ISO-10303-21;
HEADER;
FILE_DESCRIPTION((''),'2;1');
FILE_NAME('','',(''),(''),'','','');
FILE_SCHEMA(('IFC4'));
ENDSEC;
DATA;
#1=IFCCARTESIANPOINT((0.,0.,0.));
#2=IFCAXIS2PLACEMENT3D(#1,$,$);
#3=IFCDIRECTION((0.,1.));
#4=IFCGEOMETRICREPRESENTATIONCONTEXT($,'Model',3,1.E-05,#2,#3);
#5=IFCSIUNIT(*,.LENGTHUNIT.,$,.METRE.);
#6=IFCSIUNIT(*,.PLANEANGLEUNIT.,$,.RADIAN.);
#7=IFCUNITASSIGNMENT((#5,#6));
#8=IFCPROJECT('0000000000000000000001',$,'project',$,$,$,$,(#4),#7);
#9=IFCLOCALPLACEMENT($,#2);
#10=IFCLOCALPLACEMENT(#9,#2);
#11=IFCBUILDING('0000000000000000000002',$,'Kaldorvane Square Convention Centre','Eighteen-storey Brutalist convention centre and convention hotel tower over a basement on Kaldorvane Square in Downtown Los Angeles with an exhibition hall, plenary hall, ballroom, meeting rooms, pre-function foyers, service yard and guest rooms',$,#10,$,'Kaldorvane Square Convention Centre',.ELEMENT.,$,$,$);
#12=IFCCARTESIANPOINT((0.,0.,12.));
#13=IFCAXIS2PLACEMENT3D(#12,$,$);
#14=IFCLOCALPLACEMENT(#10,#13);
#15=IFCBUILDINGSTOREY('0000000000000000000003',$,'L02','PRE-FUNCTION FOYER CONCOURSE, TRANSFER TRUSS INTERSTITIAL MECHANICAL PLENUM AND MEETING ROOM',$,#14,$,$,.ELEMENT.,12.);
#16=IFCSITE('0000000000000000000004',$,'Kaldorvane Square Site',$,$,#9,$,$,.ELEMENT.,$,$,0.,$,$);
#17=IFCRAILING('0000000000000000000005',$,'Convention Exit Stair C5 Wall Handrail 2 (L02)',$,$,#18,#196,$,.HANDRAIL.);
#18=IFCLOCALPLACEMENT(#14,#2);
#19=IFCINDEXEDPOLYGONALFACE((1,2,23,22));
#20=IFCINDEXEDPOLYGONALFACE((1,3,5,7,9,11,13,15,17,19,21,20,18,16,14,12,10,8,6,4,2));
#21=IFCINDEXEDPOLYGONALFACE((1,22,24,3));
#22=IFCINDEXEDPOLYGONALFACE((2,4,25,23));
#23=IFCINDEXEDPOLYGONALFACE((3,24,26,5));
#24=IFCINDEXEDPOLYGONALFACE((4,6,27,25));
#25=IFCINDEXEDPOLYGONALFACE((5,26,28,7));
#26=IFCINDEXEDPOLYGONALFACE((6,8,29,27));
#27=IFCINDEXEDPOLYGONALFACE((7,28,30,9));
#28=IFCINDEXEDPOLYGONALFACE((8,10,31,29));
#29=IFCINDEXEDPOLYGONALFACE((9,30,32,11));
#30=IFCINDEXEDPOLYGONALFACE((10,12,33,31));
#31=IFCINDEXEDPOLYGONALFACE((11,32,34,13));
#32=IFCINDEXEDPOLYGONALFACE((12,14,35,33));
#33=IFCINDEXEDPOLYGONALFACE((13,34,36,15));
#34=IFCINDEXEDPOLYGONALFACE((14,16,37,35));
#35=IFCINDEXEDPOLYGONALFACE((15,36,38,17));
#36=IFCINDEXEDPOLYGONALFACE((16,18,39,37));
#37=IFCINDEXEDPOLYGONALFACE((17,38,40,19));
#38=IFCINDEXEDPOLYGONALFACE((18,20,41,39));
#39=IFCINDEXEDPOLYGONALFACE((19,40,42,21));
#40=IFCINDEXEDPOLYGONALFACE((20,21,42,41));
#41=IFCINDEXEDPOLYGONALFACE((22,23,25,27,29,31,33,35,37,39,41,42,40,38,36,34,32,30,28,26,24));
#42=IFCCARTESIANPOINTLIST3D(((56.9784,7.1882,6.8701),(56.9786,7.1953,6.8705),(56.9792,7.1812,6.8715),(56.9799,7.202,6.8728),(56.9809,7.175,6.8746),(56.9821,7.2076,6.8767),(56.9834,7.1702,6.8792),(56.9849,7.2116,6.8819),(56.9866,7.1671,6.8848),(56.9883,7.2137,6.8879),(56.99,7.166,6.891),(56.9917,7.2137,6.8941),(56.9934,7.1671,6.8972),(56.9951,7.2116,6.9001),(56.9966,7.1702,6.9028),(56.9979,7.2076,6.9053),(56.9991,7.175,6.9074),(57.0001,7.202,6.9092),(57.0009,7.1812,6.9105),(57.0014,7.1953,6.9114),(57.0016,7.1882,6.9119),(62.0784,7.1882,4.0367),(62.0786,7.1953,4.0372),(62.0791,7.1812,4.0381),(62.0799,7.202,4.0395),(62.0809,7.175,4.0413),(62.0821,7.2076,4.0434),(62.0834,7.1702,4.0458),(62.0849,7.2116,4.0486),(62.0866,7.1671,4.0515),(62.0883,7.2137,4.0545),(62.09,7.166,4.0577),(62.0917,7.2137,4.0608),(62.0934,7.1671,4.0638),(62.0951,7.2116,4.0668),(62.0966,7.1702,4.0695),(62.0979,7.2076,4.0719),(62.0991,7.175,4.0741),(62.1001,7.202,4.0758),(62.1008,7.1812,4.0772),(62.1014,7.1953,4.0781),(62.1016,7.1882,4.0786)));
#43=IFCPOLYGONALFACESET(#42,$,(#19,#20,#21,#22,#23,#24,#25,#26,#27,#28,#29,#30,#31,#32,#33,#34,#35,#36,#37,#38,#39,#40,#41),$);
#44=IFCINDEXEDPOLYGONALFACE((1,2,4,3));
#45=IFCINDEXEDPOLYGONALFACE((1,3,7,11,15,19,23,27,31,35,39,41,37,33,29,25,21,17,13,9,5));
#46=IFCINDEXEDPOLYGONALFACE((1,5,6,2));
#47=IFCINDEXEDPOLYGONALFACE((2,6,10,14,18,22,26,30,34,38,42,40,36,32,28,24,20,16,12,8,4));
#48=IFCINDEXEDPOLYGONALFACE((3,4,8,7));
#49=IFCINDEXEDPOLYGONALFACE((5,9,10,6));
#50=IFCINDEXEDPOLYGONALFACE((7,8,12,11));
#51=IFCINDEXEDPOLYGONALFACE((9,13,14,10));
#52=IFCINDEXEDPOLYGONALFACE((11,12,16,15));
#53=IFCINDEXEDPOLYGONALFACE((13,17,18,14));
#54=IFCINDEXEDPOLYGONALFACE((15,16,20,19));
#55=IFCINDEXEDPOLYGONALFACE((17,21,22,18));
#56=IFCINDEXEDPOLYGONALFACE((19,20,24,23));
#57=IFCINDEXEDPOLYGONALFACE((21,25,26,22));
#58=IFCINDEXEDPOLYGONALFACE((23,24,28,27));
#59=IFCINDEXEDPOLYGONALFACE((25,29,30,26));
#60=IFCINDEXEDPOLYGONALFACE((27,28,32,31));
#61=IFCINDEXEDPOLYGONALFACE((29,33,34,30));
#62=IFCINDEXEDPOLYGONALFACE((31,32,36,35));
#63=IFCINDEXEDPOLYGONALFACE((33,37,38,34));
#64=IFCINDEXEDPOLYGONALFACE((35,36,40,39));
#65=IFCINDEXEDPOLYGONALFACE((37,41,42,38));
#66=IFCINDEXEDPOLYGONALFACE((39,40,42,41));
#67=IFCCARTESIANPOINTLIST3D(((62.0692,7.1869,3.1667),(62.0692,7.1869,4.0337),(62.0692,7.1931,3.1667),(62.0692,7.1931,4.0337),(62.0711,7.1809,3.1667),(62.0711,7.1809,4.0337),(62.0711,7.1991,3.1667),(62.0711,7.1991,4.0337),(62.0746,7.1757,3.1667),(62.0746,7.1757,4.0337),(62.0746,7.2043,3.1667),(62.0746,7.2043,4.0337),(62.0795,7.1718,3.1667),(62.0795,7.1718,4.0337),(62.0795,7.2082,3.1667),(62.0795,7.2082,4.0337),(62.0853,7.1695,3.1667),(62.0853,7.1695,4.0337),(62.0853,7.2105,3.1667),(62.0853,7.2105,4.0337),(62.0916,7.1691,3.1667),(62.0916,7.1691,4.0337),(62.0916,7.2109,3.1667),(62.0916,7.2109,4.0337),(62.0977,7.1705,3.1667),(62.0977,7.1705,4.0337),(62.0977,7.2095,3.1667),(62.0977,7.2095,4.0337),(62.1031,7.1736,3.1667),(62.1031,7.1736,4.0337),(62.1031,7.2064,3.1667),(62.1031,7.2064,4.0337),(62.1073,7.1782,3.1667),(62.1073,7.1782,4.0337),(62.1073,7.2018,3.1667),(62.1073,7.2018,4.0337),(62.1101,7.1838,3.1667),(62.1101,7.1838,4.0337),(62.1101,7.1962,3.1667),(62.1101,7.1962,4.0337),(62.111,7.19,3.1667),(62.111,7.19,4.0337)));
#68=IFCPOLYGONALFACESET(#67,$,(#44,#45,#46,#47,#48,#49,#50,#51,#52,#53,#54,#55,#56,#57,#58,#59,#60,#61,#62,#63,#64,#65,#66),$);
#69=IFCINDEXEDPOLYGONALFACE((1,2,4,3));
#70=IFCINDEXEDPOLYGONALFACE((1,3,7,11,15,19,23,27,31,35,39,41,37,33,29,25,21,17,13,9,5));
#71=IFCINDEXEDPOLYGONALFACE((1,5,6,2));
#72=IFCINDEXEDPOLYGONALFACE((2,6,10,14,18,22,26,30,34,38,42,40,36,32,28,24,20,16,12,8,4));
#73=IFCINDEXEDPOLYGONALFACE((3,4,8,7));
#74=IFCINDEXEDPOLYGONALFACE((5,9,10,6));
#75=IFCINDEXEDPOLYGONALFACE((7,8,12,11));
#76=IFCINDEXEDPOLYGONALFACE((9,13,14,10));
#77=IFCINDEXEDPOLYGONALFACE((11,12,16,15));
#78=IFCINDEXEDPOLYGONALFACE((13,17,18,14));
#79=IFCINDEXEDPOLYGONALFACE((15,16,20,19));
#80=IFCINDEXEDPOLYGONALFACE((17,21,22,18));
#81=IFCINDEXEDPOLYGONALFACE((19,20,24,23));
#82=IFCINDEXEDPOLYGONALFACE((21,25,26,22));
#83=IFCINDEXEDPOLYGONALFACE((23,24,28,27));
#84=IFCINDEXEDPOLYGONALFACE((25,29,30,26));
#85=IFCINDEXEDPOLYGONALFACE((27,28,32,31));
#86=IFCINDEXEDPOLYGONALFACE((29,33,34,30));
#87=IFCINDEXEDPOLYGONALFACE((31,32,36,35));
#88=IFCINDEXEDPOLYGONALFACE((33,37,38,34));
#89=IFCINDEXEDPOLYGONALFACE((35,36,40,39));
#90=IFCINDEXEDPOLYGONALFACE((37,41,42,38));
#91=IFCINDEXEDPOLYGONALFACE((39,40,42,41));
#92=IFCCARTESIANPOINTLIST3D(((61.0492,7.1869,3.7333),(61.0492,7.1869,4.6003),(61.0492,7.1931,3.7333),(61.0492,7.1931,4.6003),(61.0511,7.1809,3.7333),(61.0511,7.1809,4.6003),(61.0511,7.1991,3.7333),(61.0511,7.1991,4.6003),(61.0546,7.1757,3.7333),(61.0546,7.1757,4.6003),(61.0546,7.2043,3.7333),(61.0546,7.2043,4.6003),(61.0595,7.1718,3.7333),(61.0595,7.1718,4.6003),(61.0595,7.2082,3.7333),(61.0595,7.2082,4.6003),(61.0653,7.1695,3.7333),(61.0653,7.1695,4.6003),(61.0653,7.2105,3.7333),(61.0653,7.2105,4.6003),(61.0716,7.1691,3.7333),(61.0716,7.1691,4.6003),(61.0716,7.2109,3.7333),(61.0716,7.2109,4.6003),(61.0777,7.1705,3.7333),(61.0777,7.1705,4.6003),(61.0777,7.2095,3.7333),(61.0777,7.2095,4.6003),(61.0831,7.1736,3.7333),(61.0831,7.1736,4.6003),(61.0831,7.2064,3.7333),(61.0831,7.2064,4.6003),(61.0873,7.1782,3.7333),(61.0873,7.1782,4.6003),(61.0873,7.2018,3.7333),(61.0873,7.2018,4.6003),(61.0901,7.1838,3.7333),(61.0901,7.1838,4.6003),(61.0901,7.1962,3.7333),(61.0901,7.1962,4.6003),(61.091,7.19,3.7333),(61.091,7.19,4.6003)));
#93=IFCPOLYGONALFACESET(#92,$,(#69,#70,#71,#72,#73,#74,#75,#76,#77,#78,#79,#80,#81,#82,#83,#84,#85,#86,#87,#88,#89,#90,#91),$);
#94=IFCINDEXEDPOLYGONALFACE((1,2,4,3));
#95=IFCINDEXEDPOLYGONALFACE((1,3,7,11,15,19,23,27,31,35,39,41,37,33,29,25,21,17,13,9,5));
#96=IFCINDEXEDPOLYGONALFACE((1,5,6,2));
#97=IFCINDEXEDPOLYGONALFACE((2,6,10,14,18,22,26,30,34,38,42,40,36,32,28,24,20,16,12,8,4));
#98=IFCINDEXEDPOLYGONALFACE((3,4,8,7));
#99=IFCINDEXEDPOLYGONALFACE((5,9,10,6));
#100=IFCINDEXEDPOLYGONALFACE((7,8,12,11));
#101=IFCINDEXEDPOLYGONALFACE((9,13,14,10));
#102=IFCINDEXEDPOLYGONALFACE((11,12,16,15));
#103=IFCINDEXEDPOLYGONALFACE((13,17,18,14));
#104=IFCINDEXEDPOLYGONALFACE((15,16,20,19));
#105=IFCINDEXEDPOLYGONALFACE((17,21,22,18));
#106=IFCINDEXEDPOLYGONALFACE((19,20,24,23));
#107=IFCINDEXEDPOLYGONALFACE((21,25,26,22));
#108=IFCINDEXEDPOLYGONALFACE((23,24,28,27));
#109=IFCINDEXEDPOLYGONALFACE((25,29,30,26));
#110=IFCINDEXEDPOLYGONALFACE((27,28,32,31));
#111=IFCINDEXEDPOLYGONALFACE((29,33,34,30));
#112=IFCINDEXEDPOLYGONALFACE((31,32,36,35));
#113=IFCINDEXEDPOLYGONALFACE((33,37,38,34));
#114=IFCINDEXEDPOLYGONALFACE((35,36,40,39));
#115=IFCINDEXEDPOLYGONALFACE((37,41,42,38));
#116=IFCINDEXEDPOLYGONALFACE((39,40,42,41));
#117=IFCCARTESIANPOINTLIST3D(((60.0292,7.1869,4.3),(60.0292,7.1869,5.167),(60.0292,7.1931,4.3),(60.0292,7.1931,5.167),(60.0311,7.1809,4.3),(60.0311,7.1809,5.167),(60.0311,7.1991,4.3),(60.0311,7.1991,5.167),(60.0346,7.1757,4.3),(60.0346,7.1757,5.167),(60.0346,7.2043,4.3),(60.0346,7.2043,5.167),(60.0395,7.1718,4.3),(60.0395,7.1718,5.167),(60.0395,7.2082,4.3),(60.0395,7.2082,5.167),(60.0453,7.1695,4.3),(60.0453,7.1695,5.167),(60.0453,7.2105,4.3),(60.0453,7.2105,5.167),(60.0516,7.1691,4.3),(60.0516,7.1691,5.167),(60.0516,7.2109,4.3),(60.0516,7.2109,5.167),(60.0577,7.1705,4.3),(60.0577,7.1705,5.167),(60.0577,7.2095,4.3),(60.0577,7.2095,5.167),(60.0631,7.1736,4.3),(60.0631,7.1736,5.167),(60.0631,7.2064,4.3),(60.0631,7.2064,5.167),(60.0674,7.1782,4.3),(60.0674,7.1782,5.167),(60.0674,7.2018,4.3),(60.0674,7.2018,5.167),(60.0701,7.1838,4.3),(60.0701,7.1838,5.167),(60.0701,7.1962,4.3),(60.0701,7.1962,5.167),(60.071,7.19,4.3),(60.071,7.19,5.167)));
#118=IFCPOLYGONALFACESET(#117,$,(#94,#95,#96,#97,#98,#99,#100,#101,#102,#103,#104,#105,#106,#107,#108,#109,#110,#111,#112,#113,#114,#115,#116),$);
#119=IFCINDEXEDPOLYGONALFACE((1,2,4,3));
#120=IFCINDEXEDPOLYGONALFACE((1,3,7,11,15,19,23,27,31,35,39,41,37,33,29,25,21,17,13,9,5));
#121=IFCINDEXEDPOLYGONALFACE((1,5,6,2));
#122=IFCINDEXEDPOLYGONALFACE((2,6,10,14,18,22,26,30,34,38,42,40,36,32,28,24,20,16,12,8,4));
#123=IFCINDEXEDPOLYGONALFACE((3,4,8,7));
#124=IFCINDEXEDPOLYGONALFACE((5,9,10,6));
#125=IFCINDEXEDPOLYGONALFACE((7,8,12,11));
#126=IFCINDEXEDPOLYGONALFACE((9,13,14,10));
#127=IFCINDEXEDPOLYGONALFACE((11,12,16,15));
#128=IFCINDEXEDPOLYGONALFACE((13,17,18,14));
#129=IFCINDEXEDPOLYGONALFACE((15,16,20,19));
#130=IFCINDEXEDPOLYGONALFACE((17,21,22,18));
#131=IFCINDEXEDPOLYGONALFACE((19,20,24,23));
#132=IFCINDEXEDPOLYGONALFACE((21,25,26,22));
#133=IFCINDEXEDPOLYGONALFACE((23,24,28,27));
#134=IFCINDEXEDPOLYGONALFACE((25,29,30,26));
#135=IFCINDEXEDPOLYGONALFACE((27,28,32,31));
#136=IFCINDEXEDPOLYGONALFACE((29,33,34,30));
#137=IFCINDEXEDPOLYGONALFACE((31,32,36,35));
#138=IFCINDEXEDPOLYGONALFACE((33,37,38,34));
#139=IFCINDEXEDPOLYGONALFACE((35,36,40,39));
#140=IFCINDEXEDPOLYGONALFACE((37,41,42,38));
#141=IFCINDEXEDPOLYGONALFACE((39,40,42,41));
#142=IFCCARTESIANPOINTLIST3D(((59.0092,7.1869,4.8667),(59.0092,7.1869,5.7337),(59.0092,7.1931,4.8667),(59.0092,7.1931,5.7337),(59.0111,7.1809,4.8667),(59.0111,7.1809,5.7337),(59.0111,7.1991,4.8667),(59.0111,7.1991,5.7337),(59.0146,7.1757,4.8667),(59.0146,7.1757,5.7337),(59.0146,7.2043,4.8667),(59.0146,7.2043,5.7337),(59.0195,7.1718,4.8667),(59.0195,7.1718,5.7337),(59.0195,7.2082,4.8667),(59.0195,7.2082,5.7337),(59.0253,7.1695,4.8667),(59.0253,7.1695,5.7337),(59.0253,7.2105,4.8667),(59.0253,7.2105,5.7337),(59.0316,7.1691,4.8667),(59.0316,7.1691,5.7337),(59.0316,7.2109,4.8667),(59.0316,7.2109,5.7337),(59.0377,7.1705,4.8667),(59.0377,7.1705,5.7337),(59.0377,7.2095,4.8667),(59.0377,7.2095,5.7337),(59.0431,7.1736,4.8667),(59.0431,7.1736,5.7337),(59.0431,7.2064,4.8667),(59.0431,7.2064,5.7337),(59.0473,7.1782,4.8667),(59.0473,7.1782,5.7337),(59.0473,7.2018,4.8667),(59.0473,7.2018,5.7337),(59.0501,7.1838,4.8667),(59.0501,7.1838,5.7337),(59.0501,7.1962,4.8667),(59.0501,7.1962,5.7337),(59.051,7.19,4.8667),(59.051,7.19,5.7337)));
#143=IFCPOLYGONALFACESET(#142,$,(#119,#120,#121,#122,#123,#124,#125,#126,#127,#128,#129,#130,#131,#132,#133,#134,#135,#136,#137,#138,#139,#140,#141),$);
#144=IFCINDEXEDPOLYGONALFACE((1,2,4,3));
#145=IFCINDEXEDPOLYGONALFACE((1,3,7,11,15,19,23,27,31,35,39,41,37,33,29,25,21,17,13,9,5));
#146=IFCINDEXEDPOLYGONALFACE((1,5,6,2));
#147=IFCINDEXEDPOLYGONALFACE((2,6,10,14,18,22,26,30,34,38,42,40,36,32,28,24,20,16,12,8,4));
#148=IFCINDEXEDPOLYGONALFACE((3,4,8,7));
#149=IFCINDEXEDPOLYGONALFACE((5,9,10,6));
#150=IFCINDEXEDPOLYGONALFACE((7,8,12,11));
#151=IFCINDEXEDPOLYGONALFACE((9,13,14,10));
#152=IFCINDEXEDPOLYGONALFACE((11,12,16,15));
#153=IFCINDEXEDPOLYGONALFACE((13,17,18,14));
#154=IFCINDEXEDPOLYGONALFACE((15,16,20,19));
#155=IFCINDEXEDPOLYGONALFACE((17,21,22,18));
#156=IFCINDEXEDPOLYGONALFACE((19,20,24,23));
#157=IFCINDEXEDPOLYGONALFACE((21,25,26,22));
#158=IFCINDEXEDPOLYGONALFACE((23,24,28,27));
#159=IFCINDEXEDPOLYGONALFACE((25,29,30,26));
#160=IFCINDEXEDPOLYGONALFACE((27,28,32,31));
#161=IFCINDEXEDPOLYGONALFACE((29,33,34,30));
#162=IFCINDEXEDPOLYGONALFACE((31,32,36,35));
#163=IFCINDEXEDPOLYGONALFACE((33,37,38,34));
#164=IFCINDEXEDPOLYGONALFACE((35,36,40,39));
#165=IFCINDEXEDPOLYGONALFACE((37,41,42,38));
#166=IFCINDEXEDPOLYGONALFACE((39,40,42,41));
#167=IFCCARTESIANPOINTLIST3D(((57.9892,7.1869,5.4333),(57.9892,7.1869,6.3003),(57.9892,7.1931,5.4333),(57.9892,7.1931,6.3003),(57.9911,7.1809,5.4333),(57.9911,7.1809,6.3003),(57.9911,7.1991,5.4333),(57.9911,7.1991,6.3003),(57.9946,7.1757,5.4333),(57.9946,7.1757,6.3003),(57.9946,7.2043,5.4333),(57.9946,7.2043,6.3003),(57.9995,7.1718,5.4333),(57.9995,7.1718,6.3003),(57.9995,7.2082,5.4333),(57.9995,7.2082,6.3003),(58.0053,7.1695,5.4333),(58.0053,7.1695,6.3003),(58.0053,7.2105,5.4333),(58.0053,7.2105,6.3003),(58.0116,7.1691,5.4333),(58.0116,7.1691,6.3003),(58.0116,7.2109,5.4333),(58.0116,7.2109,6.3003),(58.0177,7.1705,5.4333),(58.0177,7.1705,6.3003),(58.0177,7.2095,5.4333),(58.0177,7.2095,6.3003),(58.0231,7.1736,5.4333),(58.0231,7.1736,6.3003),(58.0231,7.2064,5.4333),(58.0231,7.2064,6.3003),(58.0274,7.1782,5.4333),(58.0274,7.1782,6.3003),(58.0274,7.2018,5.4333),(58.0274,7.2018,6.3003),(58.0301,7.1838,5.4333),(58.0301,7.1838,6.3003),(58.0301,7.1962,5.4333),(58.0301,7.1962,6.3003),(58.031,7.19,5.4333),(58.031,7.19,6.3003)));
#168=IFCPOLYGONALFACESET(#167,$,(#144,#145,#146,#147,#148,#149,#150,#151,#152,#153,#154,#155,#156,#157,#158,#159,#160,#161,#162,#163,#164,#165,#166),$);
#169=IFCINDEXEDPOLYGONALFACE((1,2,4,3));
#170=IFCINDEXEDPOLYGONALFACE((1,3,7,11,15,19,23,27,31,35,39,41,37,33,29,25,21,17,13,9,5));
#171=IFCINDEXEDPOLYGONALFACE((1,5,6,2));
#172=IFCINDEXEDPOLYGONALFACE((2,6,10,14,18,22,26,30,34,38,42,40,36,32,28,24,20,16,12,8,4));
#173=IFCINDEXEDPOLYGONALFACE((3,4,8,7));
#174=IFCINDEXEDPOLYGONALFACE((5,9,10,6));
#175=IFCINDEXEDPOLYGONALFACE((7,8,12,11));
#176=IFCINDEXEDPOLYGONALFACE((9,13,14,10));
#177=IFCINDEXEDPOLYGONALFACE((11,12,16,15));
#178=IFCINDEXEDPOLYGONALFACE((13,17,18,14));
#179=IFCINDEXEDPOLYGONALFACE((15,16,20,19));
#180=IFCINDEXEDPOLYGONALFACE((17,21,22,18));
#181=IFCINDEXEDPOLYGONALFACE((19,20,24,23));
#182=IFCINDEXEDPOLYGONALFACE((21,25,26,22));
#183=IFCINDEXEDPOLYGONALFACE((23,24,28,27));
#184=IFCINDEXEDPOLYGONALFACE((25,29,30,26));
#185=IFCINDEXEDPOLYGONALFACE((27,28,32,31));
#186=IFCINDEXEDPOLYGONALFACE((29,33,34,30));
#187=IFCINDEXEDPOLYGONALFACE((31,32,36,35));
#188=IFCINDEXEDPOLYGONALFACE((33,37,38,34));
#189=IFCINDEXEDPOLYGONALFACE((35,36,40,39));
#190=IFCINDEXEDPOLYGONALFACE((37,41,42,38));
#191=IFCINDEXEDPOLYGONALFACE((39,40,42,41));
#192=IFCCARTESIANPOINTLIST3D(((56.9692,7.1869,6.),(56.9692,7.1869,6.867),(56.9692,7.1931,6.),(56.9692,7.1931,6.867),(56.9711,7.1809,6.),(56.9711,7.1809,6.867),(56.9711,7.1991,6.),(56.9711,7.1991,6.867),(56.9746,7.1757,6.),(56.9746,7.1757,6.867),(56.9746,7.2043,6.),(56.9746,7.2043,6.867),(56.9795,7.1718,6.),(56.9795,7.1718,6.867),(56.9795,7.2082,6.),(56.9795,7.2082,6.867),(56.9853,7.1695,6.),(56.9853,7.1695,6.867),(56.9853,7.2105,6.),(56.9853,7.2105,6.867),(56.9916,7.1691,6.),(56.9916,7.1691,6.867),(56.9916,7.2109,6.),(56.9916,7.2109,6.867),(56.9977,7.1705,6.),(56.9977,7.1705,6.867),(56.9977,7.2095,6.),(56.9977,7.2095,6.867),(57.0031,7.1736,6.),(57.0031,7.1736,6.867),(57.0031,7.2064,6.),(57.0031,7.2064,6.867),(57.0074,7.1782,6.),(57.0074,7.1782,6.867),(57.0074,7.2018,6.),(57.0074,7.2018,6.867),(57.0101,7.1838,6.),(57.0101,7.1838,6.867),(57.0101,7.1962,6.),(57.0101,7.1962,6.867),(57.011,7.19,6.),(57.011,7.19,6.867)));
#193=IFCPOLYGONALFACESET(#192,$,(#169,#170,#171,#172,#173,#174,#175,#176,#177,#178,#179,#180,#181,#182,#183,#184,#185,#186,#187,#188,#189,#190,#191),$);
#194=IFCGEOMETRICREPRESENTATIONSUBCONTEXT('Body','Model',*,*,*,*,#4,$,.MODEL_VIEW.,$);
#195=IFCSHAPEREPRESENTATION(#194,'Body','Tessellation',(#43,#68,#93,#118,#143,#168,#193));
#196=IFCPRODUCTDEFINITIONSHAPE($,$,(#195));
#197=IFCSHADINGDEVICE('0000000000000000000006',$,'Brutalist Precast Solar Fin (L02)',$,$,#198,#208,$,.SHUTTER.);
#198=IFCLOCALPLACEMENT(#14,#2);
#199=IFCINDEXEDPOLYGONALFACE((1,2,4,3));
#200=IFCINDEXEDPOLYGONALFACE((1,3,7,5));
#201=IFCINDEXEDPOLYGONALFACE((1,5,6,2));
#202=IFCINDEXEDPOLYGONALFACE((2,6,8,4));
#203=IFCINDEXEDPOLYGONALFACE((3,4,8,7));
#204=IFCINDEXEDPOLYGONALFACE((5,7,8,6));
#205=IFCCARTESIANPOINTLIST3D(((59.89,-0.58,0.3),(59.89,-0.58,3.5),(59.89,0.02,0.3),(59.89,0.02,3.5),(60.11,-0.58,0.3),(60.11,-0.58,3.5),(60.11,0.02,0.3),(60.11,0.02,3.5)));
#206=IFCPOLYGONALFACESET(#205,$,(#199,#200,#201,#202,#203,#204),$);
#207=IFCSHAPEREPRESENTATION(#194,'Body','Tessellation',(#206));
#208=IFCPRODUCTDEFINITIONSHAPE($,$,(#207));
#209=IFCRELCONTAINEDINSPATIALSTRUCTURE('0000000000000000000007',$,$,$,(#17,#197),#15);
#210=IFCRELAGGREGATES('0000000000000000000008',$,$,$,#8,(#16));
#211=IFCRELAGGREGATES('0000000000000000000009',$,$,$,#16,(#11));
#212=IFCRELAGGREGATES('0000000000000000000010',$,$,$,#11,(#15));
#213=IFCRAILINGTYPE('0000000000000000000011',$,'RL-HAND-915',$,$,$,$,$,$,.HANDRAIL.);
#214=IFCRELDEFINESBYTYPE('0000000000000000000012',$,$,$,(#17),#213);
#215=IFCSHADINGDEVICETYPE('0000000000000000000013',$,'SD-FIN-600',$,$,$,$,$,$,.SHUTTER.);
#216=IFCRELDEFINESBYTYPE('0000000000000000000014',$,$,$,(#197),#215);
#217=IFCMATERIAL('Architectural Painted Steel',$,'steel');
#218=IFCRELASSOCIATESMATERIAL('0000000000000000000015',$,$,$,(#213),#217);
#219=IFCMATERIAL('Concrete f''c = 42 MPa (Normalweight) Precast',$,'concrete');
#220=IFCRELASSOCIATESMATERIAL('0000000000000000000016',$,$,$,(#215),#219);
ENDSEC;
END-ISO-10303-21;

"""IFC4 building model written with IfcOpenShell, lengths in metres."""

from ifc_helpers import new_model, si_unit, direction, frame, origin, origin_2d, place, context, subcontext, project, spatial, rectangle, circle, extrude, material, type_object, element, save


model = new_model("IFC4")

# Units and contexts
model_context = context("Model", 3, precision=1e-05, world=origin(), true_north=direction((0.0, 1.0)))
body_context = subcontext(model_context, "Body", "Model", "MODEL_VIEW")
ifc_project = project(units=[si_unit("LENGTHUNIT", "METRE"), si_unit("PLANEANGLEUNIT", "RADIAN")], contexts=[model_context])

# Site, building, storey
site_placement = place(None, origin())
site = spatial("IfcSite", under=ifc_project, at=site_placement, Name="Kaldorvane Square Site", CompositionType="ELEMENT", RefElevation=0.0)
building_placement = place(site_placement, origin())
building = spatial("IfcBuilding", under=site, at=building_placement, Name="Kaldorvane Square Convention Centre", Description="Eighteen-storey Brutalist convention centre and convention hotel tower over a basement on Kaldorvane Square in Downtown Los Angeles with an exhibition hall, plenary hall, ballroom, meeting rooms, pre-function foyers, service yard and guest rooms", LongName="Kaldorvane Square Convention Centre", CompositionType="ELEMENT")
storey_placement = place(building_placement, frame((0.0, 0.0, 12.0)))
storey = spatial("IfcBuildingStorey", under=building, at=storey_placement, Name="L02", Description="PRE-FUNCTION FOYER CONCOURSE, TRANSFER TRUSS INTERSTITIAL MECHANICAL PLENUM AND MEETING ROOM", CompositionType="ELEMENT", Elevation=12.0)

# Railing
ifc_material_1 = material(Name="Architectural Painted Steel", Category="steel")
railing_type_1 = type_object("IfcRailingType", Name="RL-HAND-915", PredefinedType="HANDRAIL", material=ifc_material_1)
railing_1_placement = place(storey_placement, frame((62.09, 7.19, 3.1667)))
element("IfcRailing", 1, at=railing_1_placement, inside=storey, type_object=railing_type_1, Name="Convention Exit Stair C5 Wall Handrail 2 (L02)", PredefinedType="HANDRAIL", context=body_context, shape_type="SweptSolid", body=[
    extrude(circle(Radius=0.024, at=origin_2d()), frame((0.0, 0.0, 0.891), z_axis=(-0.874157, 0.0, 0.485643), x_axis=(0.0, -1.0, 0.0)), (0.0, 0.0, 1.0), 5.8342),
    extrude(circle(Radius=0.021, at=origin_2d()), origin(), (0.0, 0.0, 1.0), 0.867),
    extrude(circle(Radius=0.021, at=origin_2d()), frame((-1.02, 0.0, 0.5667)), (0.0, 0.0, 1.0), 0.867),
    extrude(circle(Radius=0.021, at=origin_2d()), frame((-2.04, 0.0, 1.1333)), (0.0, 0.0, 1.0), 0.867),
    extrude(circle(Radius=0.021, at=origin_2d()), frame((-3.06, 0.0, 1.7)), (0.0, 0.0, 1.0), 0.867),
    extrude(circle(Radius=0.021, at=origin_2d()), frame((-4.08, 0.0, 2.2667)), (0.0, 0.0, 1.0), 0.867),
    extrude(circle(Radius=0.021, at=origin_2d()), frame((-5.1, 0.0, 2.8333)), (0.0, 0.0, 1.0), 0.867),
])

# Shading device
ifc_material_2 = material(Name="Concrete f'c = 42 MPa (Normalweight) Precast", Category="concrete")
shading_device_type = type_object("IfcShadingDeviceType", Name="SD-FIN-600", PredefinedType="SHUTTER", material=ifc_material_2)
shading_device_placement = place(storey_placement, frame((60.0, -0.28, 0.3), z_axis=(0.0, 0.0, 1.0), x_axis=(1.0, 0.0, 0.0)))
element("IfcShadingDevice", 2, at=shading_device_placement, inside=storey, type_object=shading_device_type, Name="Brutalist Precast Solar Fin (L02)", PredefinedType="SHUTTER", context=body_context, shape_type="SweptSolid", body=[
    extrude(rectangle(XDim=0.22, YDim=0.6, at=origin_2d()), origin(), (0.0, 0.0, 1.0), 3.2),
])

save(model, "model.ifc")
